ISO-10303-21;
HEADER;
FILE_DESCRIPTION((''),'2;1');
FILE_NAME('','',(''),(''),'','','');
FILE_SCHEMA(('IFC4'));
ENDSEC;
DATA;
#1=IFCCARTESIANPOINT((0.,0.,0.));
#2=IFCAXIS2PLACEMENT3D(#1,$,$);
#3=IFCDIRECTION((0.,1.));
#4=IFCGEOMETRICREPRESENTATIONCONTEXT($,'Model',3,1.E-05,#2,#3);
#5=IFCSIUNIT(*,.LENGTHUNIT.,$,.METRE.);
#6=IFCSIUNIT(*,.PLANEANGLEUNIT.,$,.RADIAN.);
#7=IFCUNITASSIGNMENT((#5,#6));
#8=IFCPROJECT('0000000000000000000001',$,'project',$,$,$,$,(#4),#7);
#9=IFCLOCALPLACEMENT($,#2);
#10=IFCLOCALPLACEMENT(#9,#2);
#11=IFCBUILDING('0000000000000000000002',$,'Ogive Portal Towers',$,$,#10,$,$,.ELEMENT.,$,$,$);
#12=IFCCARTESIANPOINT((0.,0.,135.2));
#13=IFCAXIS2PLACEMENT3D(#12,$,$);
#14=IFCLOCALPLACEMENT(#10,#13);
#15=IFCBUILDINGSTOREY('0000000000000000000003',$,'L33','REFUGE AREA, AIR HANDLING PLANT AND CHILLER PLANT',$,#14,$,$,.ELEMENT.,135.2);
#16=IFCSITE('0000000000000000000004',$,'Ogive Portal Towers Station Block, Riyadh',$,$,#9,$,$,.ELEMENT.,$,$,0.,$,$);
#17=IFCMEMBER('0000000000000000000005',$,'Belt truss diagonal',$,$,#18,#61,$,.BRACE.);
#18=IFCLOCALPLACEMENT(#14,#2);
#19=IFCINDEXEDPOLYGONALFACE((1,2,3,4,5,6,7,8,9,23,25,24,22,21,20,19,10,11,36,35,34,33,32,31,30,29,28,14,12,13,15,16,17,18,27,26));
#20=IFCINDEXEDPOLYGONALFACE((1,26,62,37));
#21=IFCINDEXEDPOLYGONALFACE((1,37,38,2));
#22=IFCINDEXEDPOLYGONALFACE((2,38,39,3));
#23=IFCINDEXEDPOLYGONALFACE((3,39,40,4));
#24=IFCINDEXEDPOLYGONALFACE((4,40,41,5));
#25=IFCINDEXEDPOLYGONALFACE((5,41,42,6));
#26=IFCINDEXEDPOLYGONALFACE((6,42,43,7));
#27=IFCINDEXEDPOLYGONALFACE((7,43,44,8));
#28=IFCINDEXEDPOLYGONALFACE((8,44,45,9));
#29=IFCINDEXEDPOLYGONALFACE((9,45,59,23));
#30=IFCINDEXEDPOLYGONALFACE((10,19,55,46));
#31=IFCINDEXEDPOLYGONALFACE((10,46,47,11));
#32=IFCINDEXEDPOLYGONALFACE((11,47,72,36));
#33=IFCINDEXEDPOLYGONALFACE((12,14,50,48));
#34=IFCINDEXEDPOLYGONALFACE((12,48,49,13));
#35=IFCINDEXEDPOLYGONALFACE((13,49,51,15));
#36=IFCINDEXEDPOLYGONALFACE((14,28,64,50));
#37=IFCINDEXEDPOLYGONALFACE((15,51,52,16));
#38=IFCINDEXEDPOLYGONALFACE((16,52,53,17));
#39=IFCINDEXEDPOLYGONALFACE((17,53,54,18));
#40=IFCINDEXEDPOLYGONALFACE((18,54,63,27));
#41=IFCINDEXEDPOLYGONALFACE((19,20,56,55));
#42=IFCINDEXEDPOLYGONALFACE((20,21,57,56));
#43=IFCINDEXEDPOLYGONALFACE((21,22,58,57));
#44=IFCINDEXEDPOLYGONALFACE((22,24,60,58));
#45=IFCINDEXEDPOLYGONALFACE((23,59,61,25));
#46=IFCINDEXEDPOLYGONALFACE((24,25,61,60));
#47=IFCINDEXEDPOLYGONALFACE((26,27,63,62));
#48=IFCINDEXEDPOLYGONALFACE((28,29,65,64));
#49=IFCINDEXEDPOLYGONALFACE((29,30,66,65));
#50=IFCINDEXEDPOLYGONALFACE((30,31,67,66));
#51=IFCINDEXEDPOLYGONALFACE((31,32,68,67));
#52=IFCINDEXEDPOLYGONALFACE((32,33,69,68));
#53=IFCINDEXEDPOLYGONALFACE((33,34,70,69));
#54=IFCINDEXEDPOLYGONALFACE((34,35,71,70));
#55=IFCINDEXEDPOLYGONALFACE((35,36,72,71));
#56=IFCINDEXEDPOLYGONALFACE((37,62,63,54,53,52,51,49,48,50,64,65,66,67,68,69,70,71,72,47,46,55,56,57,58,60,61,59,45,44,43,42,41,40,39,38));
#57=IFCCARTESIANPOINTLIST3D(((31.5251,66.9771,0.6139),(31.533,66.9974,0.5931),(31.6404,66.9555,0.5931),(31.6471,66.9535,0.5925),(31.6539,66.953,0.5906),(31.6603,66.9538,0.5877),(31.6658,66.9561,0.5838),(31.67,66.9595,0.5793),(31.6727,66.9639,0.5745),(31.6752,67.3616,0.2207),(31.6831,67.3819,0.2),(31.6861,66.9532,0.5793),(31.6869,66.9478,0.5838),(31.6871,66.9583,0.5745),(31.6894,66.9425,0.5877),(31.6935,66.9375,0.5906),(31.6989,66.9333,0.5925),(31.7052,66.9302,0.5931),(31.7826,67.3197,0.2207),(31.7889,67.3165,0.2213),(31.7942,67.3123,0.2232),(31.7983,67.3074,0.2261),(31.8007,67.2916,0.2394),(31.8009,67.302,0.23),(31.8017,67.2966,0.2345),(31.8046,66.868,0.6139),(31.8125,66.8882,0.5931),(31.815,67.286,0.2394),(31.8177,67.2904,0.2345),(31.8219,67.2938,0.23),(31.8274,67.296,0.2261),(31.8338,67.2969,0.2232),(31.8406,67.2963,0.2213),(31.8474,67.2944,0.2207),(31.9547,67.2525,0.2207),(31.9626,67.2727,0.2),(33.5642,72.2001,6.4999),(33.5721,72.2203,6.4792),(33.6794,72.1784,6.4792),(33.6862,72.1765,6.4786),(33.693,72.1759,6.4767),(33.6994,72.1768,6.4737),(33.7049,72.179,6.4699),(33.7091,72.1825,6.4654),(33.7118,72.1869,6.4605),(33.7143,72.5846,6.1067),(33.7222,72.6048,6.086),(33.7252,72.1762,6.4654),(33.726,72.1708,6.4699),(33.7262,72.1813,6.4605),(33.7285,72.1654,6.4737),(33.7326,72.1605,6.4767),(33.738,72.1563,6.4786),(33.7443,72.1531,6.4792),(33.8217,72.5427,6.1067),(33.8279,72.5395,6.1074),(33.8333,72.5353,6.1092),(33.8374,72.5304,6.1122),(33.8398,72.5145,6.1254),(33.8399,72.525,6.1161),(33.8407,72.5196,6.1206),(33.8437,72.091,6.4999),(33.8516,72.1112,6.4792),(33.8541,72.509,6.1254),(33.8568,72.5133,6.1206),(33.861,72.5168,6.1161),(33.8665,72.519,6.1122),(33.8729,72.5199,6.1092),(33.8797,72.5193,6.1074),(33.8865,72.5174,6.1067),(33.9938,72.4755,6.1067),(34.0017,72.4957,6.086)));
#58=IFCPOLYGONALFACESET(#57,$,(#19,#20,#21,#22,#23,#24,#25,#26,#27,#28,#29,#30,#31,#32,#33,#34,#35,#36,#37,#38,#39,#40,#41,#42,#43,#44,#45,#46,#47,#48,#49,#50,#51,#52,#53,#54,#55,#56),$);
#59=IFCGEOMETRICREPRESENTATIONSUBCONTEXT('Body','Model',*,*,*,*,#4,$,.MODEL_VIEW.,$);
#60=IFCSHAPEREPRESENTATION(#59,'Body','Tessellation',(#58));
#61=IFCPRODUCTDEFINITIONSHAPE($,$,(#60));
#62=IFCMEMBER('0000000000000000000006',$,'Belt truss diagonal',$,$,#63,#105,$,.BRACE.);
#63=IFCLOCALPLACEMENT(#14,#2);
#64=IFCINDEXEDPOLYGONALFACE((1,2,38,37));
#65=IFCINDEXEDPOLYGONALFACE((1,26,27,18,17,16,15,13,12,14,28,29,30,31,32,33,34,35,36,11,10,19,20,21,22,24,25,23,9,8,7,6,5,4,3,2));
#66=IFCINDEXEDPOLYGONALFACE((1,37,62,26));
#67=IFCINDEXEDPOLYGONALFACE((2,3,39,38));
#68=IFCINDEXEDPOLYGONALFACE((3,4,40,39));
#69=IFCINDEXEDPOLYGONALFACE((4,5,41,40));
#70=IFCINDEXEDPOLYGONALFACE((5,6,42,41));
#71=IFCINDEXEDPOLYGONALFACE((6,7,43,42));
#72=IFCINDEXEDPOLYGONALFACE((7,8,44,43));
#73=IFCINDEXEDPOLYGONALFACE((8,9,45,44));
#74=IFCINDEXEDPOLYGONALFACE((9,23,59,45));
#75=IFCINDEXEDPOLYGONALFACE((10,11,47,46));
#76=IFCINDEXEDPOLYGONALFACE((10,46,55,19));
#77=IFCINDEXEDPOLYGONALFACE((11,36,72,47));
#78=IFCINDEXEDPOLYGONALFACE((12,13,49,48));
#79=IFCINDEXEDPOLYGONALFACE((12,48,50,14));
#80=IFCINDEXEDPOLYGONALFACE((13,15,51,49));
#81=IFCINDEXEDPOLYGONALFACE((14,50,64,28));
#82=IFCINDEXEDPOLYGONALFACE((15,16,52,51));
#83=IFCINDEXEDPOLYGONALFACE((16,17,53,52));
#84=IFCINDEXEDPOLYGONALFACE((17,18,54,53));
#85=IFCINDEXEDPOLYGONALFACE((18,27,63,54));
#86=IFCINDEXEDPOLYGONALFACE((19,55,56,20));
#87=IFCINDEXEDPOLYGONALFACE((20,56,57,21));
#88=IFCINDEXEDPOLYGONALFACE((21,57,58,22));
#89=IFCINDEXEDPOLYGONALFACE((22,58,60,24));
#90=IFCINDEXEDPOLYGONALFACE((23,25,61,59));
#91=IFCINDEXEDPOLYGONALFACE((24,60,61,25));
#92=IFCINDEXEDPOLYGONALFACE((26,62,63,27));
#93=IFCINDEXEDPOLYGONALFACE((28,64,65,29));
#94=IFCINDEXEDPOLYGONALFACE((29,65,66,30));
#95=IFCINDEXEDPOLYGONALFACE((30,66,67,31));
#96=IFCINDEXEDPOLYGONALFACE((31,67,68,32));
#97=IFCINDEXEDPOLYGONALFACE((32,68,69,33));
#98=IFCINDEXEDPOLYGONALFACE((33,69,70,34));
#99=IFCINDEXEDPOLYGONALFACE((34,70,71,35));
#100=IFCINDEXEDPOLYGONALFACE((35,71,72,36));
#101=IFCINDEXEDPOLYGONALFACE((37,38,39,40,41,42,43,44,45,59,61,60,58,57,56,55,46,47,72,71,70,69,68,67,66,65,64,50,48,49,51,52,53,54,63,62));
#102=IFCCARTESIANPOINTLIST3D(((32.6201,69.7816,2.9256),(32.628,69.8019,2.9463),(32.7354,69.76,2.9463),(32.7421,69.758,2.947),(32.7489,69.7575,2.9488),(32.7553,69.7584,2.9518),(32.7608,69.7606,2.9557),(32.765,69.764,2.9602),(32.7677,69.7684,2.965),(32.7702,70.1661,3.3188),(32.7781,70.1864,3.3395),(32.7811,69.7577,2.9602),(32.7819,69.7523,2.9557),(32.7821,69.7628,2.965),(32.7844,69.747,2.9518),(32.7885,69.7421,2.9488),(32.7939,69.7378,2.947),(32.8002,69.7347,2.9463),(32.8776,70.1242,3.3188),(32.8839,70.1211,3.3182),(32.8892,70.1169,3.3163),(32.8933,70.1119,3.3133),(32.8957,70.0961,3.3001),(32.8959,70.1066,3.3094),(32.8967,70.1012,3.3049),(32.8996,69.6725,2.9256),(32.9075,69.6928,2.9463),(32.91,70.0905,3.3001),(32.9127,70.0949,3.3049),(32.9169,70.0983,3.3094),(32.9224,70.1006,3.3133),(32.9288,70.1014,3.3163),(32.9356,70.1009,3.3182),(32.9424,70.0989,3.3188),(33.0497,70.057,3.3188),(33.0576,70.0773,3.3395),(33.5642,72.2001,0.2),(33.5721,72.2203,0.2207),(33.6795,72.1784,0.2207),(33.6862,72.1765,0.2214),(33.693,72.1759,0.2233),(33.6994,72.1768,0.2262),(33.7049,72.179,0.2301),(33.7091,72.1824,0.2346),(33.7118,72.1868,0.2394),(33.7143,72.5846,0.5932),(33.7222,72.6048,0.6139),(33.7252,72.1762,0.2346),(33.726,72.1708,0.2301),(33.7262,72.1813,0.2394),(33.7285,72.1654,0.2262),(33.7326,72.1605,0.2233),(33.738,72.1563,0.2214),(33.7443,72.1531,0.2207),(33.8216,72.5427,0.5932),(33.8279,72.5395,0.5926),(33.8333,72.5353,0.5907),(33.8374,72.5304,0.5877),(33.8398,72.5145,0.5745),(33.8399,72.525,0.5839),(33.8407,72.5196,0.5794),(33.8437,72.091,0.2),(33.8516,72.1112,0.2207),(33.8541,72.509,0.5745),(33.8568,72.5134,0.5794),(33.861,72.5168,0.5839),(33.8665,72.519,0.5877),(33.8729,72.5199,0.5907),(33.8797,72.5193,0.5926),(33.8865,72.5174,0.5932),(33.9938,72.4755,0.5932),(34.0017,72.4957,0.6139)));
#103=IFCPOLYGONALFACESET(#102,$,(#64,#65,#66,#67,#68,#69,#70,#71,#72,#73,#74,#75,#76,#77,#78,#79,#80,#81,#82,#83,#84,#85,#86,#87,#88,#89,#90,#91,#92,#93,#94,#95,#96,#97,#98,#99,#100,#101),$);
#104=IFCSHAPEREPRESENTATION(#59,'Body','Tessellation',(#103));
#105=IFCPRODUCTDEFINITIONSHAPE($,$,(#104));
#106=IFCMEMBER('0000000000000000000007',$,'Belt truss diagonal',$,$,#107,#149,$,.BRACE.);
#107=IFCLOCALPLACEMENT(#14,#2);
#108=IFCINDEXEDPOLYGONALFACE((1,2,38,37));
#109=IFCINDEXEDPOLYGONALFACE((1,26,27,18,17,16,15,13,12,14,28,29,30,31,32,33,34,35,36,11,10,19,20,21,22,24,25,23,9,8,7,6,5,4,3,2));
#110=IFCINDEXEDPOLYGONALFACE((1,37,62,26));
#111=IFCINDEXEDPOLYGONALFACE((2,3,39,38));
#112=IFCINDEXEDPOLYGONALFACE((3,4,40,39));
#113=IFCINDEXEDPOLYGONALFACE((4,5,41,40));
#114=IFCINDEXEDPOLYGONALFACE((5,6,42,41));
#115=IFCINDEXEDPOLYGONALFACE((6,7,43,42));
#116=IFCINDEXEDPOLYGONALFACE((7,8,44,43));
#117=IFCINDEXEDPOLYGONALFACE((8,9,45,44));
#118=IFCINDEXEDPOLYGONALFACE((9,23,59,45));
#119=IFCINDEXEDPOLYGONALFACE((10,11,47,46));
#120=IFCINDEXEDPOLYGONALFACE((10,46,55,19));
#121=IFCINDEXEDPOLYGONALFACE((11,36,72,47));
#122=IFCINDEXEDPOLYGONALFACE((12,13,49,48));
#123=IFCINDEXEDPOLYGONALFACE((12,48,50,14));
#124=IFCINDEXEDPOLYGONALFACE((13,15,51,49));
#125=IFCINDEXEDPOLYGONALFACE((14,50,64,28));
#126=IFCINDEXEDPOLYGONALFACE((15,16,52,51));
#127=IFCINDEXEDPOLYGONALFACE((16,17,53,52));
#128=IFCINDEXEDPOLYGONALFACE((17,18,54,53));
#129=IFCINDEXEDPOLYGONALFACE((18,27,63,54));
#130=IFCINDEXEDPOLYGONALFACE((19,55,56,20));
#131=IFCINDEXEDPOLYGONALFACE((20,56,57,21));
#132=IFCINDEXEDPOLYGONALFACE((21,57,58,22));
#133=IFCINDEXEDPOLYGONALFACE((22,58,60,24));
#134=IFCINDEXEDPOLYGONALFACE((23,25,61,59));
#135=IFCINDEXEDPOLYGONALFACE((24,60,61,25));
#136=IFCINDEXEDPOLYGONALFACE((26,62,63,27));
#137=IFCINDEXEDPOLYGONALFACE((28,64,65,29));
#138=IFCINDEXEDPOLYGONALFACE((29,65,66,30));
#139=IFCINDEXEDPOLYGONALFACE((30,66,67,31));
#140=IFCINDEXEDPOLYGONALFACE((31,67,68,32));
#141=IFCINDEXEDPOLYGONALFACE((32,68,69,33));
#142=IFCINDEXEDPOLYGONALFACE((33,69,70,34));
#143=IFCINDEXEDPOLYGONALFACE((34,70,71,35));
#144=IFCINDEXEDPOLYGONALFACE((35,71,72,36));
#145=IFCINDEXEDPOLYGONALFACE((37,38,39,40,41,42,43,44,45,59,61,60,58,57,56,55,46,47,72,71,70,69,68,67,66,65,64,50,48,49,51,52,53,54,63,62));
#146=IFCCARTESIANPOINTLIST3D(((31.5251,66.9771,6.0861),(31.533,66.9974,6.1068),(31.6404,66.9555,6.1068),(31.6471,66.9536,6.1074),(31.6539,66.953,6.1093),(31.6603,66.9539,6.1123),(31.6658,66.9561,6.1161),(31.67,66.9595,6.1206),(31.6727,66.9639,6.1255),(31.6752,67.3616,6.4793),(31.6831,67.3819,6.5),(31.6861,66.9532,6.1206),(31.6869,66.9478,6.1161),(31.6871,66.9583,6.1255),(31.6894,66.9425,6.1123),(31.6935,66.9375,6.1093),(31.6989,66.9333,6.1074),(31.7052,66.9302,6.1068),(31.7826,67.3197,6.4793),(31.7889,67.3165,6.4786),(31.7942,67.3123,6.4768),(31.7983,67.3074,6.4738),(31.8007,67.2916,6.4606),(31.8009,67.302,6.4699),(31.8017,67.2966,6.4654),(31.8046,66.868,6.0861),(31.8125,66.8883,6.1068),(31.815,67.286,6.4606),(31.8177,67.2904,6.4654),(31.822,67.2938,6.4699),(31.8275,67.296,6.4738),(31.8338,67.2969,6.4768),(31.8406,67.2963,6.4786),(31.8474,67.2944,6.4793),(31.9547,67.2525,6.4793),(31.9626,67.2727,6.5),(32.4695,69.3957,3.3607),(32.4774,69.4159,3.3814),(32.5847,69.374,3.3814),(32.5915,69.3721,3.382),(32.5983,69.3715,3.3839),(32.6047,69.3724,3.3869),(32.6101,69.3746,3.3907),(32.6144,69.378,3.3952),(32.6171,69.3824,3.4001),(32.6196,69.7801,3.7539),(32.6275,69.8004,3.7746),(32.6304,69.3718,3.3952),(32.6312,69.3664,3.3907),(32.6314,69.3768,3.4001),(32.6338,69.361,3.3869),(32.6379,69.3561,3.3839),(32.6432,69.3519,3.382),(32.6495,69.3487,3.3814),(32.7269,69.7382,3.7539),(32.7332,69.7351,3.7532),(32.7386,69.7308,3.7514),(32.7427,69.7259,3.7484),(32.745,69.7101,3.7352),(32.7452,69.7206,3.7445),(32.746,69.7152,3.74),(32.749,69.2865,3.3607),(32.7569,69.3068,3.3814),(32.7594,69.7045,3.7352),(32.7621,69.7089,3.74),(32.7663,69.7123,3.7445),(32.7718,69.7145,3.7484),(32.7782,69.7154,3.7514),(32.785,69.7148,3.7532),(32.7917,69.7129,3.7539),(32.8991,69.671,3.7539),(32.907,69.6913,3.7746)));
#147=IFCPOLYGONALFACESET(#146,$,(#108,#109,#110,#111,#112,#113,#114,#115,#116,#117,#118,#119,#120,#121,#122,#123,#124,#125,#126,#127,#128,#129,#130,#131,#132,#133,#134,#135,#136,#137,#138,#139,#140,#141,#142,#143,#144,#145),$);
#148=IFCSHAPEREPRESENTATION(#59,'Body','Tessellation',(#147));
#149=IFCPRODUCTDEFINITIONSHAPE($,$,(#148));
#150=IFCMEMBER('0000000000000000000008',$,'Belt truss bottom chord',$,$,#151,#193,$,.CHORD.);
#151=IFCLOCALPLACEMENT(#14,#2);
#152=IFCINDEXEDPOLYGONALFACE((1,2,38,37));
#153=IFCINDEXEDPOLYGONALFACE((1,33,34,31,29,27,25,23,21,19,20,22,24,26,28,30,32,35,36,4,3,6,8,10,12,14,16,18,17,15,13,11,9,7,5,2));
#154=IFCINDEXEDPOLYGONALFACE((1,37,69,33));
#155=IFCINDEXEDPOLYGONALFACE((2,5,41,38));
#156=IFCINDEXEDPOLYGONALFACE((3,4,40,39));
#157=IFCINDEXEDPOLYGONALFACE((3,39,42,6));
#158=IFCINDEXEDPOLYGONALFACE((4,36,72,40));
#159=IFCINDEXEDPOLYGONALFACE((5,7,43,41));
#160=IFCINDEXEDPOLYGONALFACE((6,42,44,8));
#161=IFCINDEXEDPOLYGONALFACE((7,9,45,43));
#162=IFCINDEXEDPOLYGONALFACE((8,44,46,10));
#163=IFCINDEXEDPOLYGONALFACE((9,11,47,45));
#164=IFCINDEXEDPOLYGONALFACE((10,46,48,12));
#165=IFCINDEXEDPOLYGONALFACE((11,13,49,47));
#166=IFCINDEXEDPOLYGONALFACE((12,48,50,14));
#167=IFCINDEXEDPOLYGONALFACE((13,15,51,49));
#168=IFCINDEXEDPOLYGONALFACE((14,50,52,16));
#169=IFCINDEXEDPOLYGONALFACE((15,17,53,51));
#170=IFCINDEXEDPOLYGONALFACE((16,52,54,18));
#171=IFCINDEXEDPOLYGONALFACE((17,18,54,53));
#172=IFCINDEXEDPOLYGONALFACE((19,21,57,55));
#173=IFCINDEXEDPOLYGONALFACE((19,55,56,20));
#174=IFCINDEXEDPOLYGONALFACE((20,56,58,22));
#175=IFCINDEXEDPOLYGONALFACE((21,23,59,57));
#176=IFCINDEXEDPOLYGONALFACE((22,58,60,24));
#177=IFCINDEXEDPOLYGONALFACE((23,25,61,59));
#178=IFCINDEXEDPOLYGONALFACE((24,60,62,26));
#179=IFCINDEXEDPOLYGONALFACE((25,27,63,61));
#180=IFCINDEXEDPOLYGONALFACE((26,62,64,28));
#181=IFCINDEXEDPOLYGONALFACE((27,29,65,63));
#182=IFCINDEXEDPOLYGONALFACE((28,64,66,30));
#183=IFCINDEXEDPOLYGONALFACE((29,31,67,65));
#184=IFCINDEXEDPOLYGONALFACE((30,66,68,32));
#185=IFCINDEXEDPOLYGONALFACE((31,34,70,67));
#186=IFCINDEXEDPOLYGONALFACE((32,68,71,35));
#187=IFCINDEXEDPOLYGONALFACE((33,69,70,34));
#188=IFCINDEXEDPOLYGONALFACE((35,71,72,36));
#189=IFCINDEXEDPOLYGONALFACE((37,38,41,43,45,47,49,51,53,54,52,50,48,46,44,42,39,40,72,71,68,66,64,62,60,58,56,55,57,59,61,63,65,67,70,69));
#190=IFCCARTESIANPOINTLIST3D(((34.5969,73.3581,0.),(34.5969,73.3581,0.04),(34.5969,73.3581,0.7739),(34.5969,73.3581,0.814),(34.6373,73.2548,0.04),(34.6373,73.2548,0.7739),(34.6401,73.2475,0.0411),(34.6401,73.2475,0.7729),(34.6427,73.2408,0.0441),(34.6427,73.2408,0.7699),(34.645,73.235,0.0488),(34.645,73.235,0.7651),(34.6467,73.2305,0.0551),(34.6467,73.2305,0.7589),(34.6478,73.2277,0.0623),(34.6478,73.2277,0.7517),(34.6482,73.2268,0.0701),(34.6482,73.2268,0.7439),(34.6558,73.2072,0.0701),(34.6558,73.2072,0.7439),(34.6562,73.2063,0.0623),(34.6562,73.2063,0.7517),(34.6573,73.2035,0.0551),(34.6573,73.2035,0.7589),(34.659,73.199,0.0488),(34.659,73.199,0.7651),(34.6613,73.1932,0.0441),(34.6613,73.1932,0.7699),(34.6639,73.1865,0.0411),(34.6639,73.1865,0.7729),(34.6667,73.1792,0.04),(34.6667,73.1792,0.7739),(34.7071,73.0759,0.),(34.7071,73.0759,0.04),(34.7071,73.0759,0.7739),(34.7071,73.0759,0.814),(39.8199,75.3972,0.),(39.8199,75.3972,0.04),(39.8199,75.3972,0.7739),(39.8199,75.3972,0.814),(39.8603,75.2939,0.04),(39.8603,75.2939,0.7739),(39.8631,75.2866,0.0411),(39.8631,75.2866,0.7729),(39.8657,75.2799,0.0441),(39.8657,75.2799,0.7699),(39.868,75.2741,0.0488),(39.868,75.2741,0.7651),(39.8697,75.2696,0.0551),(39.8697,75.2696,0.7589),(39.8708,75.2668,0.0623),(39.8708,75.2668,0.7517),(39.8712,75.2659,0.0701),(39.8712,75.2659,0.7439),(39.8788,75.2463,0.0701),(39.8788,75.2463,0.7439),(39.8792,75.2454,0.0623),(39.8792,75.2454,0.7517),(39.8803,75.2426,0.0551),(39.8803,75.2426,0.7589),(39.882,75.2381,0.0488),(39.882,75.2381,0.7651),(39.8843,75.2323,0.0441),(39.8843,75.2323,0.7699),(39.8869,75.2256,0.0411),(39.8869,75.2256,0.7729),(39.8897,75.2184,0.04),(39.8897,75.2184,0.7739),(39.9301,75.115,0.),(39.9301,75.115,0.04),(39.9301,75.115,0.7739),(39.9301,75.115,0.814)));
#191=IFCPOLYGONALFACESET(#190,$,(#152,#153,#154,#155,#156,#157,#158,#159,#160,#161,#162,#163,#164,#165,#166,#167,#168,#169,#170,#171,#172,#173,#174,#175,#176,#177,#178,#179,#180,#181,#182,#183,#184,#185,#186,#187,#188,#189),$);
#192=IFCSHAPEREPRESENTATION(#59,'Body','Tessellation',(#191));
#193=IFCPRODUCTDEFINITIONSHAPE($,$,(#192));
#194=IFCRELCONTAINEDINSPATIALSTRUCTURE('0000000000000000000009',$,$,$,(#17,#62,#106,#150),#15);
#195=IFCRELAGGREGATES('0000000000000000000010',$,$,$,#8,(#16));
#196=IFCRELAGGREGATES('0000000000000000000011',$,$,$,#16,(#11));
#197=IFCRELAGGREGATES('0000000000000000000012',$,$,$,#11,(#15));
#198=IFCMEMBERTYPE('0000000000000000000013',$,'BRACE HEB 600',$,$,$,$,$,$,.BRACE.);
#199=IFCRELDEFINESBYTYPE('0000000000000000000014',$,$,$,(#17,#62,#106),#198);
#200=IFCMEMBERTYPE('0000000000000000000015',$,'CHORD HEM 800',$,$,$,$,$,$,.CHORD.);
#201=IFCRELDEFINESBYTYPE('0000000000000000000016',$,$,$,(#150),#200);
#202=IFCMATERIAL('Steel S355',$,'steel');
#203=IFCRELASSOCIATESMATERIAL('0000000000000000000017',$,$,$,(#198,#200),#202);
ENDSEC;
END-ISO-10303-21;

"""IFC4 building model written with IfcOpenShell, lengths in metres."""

from ifc_helpers import new_model, si_unit, direction, frame, origin, origin_2d, place, context, subcontext, project, spatial, i_section, extrude, material, material_profile, profile_set, type_object, element, save


model = new_model("IFC4")

# Units and contexts
model_context = context("Model", 3, precision=1e-05, world=origin(), true_north=direction((0.0, 1.0)))
body_context = subcontext(model_context, "Body", "Model", "MODEL_VIEW")
ifc_project = project(units=[si_unit("LENGTHUNIT", "METRE"), si_unit("PLANEANGLEUNIT", "RADIAN")], contexts=[model_context])

# Site, building, storey
site_placement = place(None, origin())
site = spatial("IfcSite", under=ifc_project, at=site_placement, Name="Ogive Portal Towers Station Block, Riyadh", CompositionType="ELEMENT", RefElevation=0.0)
building_placement = place(site_placement, origin())
building = spatial("IfcBuilding", under=site, at=building_placement, Name="Ogive Portal Towers", CompositionType="ELEMENT")
storey_placement = place(building_placement, frame((0.0, 0.0, 135.2)))
storey = spatial("IfcBuildingStorey", under=building, at=storey_placement, Name="L33", Description="REFUGE AREA, AIR HANDLING PLANT AND CHILLER PLANT", CompositionType="ELEMENT", Elevation=135.2)

# Members
ifc_material_1 = material(Name="Steel S355", Category="steel")
ifc_material_profile_1 = material_profile(ifc_material_1, i_section(OverallWidth=0.3, OverallDepth=0.6001, WebThickness=0.0154, FlangeThickness=0.03, FilletRadius=0.0271, at=origin_2d()), Name="HEB 600")
ifc_profile_set_1 = profile_set([ifc_material_profile_1], Name="Steel S355")
member_type_1 = type_object("IfcMemberType", Name="BRACE HEB 600", PredefinedType="BRACE", material=ifc_profile_set_1)
member_1_placement = place(storey_placement, frame((33.783, 72.3479, 6.293), z_axis=(-0.250837, -0.642499, -0.724069), x_axis=(0.931526, -0.363675, 0.0)))
element("IfcMember", 1, at=member_1_placement, inside=storey, type_object=member_type_1, Name="Belt truss diagonal", PredefinedType="BRACE", context=body_context, shape_type="SweptSolid", body=[
    extrude(i_section(OverallWidth=0.3, OverallDepth=0.6001, WebThickness=0.0154, FlangeThickness=0.03, FilletRadius=0.0271, at=origin_2d()), origin(), (0.0, 0.0, 1.0), 8.1292),
])
for number, where, z_axis, x_axis, name in (
    (2, (33.783, 72.3479, 0.407), (-0.250809, -0.642492, 0.724085), (0.931538, -0.363644, 0.0), "Belt truss diagonal"),
    (3, (32.6882, 69.5435, 3.5676), (-0.250882, -0.642512, 0.724042), (0.931506, -0.363726, 0.0), "Belt truss diagonal"),
):
    element("IfcMember", number, at=place(storey_placement, frame(where, z_axis=z_axis, x_axis=x_axis)), inside=storey, type_object=member_type_1, Name=name, PredefinedType="BRACE", context=body_context, shape_type="SweptSolid", body=[
        extrude(i_section(OverallWidth=0.3, OverallDepth=0.6001, WebThickness=0.0154, FlangeThickness=0.03, FilletRadius=0.0271, at=origin_2d()), origin(), (0.0, 0.0, 1.0), 3.7642),
    ])
ifc_material_profile_2 = material_profile(ifc_material_1, i_section(OverallWidth=0.303, OverallDepth=0.814, WebThickness=0.021, FlangeThickness=0.04, FilletRadius=0.03, at=origin_2d()), Name="HEM 800")
ifc_profile_set_2 = profile_set([ifc_material_profile_2], Name="Steel S355")
member_type_2 = type_object("IfcMemberType", Name="CHORD HEM 800", PredefinedType="CHORD", material=ifc_profile_set_2)
for number, where, z_axis, x_axis, name in (
    (4, (39.875, 75.2561, 0.407), (-0.931526, -0.363675, 0.0), (0.363675, -0.931526, 0.0), "Belt truss bottom chord"),
):
    element("IfcMember", number, at=place(storey_placement, frame(where, z_axis=z_axis, x_axis=x_axis)), inside=storey, type_object=member_type_2, Name=name, PredefinedType="CHORD", context=body_context, shape_type="SweptSolid", body=[
        extrude(i_section(OverallWidth=0.303, OverallDepth=0.814, WebThickness=0.021, FlangeThickness=0.04, FilletRadius=0.03, at=origin_2d()), origin(), (0.0, 0.0, 1.0), 5.6069),
    ])

save(model, "model.ifc")
